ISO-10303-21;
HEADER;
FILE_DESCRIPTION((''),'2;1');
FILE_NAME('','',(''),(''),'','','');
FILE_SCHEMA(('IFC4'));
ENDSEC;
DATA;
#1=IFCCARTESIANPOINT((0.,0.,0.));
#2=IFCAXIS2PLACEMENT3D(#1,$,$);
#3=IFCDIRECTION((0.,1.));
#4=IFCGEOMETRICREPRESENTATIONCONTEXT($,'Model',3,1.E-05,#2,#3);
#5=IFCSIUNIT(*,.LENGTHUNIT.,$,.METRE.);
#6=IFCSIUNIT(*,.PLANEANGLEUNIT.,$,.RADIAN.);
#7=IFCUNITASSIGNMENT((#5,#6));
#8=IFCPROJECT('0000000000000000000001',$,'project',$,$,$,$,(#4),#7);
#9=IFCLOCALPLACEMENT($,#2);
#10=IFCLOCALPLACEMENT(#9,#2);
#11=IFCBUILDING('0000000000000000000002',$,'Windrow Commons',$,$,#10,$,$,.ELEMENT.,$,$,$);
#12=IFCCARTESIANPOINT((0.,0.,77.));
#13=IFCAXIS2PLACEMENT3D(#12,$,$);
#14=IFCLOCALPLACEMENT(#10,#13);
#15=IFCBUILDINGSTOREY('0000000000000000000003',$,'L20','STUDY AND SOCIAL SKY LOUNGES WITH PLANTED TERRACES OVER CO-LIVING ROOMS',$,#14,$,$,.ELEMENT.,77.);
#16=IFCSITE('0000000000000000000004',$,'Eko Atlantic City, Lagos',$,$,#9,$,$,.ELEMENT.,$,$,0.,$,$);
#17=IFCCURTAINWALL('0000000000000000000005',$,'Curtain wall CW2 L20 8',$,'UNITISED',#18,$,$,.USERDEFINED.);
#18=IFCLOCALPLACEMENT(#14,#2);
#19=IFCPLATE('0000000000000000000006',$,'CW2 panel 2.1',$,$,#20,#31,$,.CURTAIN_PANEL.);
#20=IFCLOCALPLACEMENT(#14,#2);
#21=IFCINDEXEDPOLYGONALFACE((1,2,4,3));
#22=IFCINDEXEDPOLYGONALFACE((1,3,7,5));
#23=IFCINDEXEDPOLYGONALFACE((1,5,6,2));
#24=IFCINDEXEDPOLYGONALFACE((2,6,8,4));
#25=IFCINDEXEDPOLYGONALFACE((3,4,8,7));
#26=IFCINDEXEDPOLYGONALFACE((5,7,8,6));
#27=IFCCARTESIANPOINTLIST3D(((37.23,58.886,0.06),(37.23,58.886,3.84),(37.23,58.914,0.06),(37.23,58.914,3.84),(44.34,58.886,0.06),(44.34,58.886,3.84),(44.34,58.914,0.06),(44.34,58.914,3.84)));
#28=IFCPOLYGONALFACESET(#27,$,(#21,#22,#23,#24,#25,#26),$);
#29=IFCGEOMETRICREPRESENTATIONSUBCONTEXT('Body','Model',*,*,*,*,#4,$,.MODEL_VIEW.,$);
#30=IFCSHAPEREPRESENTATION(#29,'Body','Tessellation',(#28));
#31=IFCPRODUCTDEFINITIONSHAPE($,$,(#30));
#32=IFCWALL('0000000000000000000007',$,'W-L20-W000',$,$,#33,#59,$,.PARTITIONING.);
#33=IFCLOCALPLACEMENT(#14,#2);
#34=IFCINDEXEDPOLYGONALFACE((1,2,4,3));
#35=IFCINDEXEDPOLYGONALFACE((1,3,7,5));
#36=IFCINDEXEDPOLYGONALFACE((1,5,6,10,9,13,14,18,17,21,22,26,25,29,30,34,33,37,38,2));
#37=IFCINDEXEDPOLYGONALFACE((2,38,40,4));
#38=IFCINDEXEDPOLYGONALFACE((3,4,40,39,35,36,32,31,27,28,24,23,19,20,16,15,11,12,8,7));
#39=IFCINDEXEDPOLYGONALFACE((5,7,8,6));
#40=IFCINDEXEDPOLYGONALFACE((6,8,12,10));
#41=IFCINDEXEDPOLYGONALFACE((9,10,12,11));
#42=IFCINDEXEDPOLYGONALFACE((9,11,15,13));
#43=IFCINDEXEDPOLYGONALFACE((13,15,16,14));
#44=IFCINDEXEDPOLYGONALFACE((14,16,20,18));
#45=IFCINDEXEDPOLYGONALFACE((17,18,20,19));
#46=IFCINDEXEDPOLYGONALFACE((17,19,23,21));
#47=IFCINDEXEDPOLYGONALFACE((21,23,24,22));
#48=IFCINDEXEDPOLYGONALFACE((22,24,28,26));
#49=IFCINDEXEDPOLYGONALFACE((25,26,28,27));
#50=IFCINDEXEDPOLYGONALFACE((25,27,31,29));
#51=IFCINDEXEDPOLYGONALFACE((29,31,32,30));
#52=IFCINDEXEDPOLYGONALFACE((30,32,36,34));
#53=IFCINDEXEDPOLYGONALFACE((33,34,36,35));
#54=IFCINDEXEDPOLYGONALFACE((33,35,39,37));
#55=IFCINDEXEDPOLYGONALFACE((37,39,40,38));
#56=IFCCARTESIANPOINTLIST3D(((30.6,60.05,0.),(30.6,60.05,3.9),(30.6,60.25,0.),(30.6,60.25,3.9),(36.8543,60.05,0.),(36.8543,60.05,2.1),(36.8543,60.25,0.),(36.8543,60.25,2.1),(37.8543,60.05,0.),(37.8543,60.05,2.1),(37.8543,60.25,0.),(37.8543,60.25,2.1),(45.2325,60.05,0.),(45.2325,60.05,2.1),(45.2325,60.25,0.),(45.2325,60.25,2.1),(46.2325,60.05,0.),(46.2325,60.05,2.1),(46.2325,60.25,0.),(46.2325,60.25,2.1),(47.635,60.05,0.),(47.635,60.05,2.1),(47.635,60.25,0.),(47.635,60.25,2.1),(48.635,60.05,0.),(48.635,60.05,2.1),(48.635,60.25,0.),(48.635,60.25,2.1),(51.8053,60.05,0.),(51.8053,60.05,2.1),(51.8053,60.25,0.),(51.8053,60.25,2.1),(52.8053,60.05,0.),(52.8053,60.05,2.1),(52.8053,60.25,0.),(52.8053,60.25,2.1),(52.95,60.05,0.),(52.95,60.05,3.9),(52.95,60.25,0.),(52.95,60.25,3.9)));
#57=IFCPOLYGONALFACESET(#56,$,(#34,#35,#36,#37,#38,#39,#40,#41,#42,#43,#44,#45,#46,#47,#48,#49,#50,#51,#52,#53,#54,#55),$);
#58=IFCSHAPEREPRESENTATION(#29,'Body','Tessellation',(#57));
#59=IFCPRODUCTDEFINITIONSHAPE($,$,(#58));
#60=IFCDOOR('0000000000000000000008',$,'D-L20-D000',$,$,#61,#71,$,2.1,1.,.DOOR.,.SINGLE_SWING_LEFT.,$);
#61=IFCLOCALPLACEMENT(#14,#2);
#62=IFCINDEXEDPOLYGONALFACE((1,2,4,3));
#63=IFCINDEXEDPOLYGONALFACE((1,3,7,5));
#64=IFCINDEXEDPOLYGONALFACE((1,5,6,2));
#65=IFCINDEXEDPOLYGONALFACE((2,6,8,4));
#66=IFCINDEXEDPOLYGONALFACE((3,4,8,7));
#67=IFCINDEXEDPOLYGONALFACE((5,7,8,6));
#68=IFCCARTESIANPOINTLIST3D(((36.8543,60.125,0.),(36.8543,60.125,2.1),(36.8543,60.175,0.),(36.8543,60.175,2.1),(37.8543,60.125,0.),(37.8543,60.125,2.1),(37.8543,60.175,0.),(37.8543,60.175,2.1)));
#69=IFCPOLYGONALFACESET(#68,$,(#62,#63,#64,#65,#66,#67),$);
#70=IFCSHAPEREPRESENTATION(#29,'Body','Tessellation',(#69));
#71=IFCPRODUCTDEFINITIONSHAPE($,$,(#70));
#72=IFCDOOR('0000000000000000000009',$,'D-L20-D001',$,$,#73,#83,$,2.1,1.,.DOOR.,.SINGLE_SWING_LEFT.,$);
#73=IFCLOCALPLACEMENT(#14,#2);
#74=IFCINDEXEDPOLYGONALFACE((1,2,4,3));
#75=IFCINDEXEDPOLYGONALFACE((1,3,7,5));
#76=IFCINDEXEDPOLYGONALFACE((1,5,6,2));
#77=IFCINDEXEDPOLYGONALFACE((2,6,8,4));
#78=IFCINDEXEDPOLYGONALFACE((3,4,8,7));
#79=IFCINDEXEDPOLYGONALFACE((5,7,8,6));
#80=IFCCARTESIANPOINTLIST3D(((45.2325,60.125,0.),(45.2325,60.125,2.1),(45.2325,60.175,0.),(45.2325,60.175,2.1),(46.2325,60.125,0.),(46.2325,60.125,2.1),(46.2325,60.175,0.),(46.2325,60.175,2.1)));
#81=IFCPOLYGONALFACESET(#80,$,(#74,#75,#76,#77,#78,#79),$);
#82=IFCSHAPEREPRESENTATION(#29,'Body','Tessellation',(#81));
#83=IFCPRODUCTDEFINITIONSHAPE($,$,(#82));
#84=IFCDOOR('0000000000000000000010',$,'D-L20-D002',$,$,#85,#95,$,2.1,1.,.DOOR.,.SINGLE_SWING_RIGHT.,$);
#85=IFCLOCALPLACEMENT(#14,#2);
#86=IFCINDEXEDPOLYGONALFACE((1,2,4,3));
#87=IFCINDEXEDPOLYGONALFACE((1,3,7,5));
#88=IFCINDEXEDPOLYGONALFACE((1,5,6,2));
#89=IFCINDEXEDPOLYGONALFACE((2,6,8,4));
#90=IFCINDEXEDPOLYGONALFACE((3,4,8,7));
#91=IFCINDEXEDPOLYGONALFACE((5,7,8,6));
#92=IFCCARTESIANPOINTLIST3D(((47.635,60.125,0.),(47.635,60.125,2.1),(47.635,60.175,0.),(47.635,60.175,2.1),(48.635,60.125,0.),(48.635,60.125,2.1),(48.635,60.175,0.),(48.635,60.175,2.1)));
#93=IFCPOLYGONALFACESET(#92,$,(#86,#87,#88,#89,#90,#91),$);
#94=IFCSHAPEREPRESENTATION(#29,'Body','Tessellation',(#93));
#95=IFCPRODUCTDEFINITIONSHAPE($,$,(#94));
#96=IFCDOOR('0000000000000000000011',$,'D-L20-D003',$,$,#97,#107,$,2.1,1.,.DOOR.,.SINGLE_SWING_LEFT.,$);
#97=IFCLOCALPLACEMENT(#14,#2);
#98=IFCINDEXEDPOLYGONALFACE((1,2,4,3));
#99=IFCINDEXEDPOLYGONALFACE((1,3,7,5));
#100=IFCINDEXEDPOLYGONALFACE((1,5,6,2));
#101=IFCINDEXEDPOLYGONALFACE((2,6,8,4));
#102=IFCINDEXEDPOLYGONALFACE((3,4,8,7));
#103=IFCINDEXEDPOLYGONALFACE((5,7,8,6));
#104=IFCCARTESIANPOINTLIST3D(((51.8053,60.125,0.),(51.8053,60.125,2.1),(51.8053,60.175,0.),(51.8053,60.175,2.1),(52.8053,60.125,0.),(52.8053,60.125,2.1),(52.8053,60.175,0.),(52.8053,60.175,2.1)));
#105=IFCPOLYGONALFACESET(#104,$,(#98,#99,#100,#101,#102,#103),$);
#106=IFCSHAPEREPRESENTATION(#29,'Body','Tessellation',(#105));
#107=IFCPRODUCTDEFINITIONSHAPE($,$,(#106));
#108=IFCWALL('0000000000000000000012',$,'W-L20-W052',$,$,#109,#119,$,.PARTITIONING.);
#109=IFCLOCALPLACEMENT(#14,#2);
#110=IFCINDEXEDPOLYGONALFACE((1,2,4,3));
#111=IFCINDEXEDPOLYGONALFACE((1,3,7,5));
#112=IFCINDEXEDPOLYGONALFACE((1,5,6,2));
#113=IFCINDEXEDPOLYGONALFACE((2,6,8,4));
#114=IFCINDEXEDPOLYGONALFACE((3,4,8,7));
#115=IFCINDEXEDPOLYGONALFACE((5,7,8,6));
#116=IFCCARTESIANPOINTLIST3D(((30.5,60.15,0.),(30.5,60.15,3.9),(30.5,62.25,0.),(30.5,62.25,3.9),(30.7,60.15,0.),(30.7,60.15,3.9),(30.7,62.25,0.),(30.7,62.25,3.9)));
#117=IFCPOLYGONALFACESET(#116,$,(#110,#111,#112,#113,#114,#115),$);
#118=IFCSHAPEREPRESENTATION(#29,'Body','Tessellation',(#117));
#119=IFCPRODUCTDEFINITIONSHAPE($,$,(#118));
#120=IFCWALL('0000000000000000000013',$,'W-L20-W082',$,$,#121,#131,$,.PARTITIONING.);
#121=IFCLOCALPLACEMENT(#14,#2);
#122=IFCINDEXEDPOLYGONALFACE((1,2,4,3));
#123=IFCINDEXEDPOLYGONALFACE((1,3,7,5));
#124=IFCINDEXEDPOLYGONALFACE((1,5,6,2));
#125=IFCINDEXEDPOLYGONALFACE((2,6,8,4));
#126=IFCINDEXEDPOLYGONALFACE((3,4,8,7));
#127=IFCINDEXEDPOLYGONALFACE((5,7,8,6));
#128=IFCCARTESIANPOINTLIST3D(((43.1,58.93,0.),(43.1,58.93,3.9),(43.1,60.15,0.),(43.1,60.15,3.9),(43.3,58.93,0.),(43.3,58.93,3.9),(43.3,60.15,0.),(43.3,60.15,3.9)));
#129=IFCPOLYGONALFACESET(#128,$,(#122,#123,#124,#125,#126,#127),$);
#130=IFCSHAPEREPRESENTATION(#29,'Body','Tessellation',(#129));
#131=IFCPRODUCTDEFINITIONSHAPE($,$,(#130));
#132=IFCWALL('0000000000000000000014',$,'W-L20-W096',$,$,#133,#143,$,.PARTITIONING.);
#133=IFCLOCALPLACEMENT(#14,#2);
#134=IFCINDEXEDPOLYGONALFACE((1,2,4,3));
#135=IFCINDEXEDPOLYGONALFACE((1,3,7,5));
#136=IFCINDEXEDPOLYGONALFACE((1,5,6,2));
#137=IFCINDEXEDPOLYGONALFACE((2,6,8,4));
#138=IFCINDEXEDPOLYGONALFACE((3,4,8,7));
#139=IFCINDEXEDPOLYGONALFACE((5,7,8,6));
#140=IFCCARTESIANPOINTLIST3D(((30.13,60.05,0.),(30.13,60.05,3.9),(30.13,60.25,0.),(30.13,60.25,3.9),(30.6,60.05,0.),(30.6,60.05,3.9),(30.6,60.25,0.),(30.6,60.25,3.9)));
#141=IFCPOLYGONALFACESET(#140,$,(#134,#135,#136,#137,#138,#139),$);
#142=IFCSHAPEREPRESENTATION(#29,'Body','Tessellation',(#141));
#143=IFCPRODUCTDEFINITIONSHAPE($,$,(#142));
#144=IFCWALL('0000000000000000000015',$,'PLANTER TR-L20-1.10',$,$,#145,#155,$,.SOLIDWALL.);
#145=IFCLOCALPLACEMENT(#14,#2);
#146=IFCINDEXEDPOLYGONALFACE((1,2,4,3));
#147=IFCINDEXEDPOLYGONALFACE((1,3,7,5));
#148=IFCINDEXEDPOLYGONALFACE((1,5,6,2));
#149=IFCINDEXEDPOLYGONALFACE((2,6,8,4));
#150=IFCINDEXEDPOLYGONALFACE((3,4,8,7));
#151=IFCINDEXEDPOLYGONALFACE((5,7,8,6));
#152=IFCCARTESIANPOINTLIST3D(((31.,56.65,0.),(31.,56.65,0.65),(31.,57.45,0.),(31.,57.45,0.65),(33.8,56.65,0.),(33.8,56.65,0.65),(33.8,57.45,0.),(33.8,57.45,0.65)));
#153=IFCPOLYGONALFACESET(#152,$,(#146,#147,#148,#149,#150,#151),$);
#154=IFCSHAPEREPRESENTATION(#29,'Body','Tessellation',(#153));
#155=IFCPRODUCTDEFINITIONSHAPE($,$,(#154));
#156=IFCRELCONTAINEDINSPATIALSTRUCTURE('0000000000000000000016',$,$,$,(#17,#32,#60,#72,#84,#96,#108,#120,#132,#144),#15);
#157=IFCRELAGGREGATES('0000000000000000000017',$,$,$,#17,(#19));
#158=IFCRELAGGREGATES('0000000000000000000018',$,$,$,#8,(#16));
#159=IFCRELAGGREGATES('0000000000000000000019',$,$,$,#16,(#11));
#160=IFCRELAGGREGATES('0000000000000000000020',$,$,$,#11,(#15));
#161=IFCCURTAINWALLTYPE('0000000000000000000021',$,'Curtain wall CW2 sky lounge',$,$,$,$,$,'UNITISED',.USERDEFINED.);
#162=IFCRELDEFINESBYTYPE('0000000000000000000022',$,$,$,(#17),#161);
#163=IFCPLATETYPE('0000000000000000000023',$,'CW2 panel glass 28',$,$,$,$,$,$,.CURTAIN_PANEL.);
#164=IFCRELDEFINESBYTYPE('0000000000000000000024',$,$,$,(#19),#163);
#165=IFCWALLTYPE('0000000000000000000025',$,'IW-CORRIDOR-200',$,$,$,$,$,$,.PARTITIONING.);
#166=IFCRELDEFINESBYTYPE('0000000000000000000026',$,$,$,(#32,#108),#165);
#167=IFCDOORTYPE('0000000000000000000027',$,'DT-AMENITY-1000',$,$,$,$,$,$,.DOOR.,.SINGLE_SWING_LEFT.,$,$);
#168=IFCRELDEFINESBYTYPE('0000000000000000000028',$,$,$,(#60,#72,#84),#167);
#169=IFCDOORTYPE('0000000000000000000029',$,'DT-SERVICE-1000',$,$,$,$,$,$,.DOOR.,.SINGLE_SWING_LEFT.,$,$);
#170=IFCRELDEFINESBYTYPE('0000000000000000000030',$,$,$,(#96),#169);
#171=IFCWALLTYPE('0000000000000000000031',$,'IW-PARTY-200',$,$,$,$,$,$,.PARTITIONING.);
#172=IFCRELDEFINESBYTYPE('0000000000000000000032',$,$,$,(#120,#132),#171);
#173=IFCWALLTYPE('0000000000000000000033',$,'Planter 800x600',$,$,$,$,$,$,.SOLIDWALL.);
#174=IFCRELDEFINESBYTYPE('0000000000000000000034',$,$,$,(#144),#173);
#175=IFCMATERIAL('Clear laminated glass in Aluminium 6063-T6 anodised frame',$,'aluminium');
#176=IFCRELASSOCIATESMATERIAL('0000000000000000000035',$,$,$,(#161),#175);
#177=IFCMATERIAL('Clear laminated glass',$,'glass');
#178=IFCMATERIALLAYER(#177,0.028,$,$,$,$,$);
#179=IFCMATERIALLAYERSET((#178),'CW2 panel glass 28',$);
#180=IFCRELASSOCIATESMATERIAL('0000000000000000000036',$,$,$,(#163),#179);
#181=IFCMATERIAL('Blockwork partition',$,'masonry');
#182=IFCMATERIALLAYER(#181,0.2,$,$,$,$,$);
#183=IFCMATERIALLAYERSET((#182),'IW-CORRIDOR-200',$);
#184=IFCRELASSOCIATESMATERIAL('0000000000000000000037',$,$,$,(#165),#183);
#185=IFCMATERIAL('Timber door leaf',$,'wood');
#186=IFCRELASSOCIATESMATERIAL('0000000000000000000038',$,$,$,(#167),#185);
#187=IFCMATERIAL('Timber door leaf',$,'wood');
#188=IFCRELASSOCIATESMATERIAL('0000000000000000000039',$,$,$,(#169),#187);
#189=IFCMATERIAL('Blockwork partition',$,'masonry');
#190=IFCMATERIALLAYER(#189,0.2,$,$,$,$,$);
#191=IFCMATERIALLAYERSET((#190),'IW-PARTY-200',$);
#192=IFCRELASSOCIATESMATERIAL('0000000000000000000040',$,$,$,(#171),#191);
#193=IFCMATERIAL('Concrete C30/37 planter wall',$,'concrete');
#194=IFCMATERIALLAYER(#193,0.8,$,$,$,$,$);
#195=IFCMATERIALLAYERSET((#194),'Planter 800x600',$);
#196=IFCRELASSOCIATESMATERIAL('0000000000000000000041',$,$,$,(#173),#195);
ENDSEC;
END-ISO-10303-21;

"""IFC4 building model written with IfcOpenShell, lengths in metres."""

from ifc_helpers import new_model, si_unit, direction, frame, frame_2d, origin, origin_2d, place, context, subcontext, project, spatial, rectangle, extrude, material, layer, layer_set, type_object, element, fill, aggregate, save


model = new_model("IFC4")

# Units and contexts
model_context = context("Model", 3, precision=1e-05, world=origin(), true_north=direction((0.0, 1.0)))
body_context = subcontext(model_context, "Body", "Model", "MODEL_VIEW")
ifc_project = project(units=[si_unit("LENGTHUNIT", "METRE"), si_unit("PLANEANGLEUNIT", "RADIAN")], contexts=[model_context])

# Site, building, storey
site_placement = place(None, origin())
site = spatial("IfcSite", under=ifc_project, at=site_placement, Name="Eko Atlantic City, Lagos", CompositionType="ELEMENT", RefElevation=0.0)
building_placement = place(site_placement, origin())
building = spatial("IfcBuilding", under=site, at=building_placement, Name="Windrow Commons", CompositionType="ELEMENT")
storey_placement = place(building_placement, frame((0.0, 0.0, 77.0)))
storey = spatial("IfcBuildingStorey", under=building, at=storey_placement, Name="L20", Description="STUDY AND SOCIAL SKY LOUNGES WITH PLANTED TERRACES OVER CO-LIVING ROOMS", CompositionType="ELEMENT", Elevation=77.0)

# Shared definitions
ifc_material_1 = material(Name="Clear laminated glass in Aluminium 6063-T6 anodised frame", Category="aluminium")
curtain_wall_type = type_object("IfcCurtainWallType", Name="Curtain wall CW2 sky lounge", ElementType="UNITISED", PredefinedType="USERDEFINED", material=ifc_material_1)
placement = place(storey_placement, origin())

# Curtain wall
curtain_wall_1 = element("IfcCurtainWall", 1, at=placement, inside=storey, type_object=curtain_wall_type, Name="Curtain wall CW2 L20 8", ObjectType="UNITISED", PredefinedType="USERDEFINED")

# Plate
ifc_material_2 = material(Name="Clear laminated glass", Category="glass")
ifc_layer_1 = layer(ifc_material_2, 0.028)
ifc_layer_set_1 = layer_set([ifc_layer_1], Name="CW2 panel glass 28")
plate_type = type_object("IfcPlateType", Name="CW2 panel glass 28", PredefinedType="CURTAIN_PANEL", material=ifc_layer_set_1)
plate_1_placement = place(storey_placement, frame((40.785, 58.9, 0.06), z_axis=(0.0, 0.0, 1.0), x_axis=(1.0, 0.0, 0.0)))
plate_1 = element("IfcPlate", 2, at=plate_1_placement, type_object=plate_type, Name="CW2 panel 2.1", PredefinedType="CURTAIN_PANEL", context=body_context, shape_type="SweptSolid", body=[
    extrude(rectangle(XDim=7.11, YDim=0.028, at=origin_2d()), origin(), (0.0, 0.0, 1.0), 3.78),
])
aggregate(curtain_wall_1, [plate_1])

# Wall, openings, doors
ifc_material_3 = material(Name="Blockwork partition", Category="masonry")
ifc_layer_2 = layer(ifc_material_3, 0.2)
ifc_layer_set_2 = layer_set([ifc_layer_2], Name="IW-CORRIDOR-200")
wall_type_1 = type_object("IfcWallType", Name="IW-CORRIDOR-200", PredefinedType="PARTITIONING", material=ifc_layer_set_2)
wall_1_placement = place(storey_placement, frame((30.6, 60.15, 0.0), z_axis=(0.0, 0.0, 1.0), x_axis=(1.0, 0.0, 0.0)))
wall_1 = element("IfcWall", 3, at=wall_1_placement, inside=storey, type_object=wall_type_1, Name="W-L20-W000", PredefinedType="PARTITIONING", context=body_context, shape_type="SweptSolid", body=[
    extrude(rectangle(XDim=22.35, YDim=0.2, at=frame_2d((11.175, 0.0))), origin(), (0.0, 0.0, 1.0), 3.9),
])
opening_1_placement = place(wall_1_placement, frame((6.2543, 0.0, 0.0)))
opening_1 = element("IfcOpeningElement", 4, at=opening_1_placement, cuts=wall_1, PredefinedType="OPENING", context=body_context, shape_type="SweptSolid", body=[
    extrude(rectangle(XDim=1.0, YDim=2.1, at=frame_2d((0.5, 1.05))), frame((0.0, 0.11, 0.0), z_axis=(0.0, -1.0, 0.0), x_axis=(1.0, 0.0, 0.0)), (0.0, 0.0, 1.0), 0.22),
])
opening_2_placement = place(wall_1_placement, frame((14.6325, 0.0, 0.0)))
opening_2 = element("IfcOpeningElement", 5, at=opening_2_placement, cuts=wall_1, PredefinedType="OPENING", context=body_context, shape_type="SweptSolid", body=[
    extrude(rectangle(XDim=1.0, YDim=2.1, at=frame_2d((0.5, 1.05))), frame((0.0, 0.11, 0.0), z_axis=(0.0, -1.0, 0.0), x_axis=(1.0, 0.0, 0.0)), (0.0, 0.0, 1.0), 0.22),
])
opening_3_placement = place(wall_1_placement, frame((17.035, 0.0, 0.0)))
opening_3 = element("IfcOpeningElement", 6, at=opening_3_placement, cuts=wall_1, PredefinedType="OPENING", context=body_context, shape_type="SweptSolid", body=[
    extrude(rectangle(XDim=1.0, YDim=2.1, at=frame_2d((0.5, 1.05))), frame((0.0, 0.11, 0.0), z_axis=(0.0, -1.0, 0.0), x_axis=(1.0, 0.0, 0.0)), (0.0, 0.0, 1.0), 0.22),
])
opening_4_placement = place(wall_1_placement, frame((21.2053, 0.0, 0.0)))
opening_4 = element("IfcOpeningElement", 7, at=opening_4_placement, cuts=wall_1, PredefinedType="OPENING", context=body_context, shape_type="SweptSolid", body=[
    extrude(rectangle(XDim=1.0, YDim=2.1, at=frame_2d((0.5, 1.05))), frame((0.0, 0.11, 0.0), z_axis=(0.0, -1.0, 0.0), x_axis=(1.0, 0.0, 0.0)), (0.0, 0.0, 1.0), 0.22),
])
ifc_material_4 = material(Name="Timber door leaf", Category="wood")
door_type_1 = type_object("IfcDoorType", Name="DT-AMENITY-1000", OperationType="SINGLE_SWING_LEFT", PredefinedType="DOOR", material=ifc_material_4)
door_1_placement = place(opening_1_placement, origin())
door_1 = element("IfcDoor", 8, at=door_1_placement, inside=storey, type_object=door_type_1, Name="D-L20-D000", OperationType="SINGLE_SWING_LEFT", OverallHeight=2.1, OverallWidth=1.0, PredefinedType="DOOR", context=body_context, shape_type="SweptSolid", body=[
    extrude(rectangle(XDim=1.0, YDim=2.1, at=frame_2d((0.5, 1.05))), frame((0.0, 0.025, 0.0), z_axis=(0.0, -1.0, 0.0), x_axis=(1.0, 0.0, 0.0)), (0.0, 0.0, 1.0), 0.05),
])
fill(opening_1, door_1)
door_2_placement = place(opening_2_placement, origin())
door_2 = element("IfcDoor", 9, at=door_2_placement, inside=storey, type_object=door_type_1, Name="D-L20-D001", OperationType="SINGLE_SWING_LEFT", OverallHeight=2.1, OverallWidth=1.0, PredefinedType="DOOR", context=body_context, shape_type="SweptSolid", body=[
    extrude(rectangle(XDim=1.0, YDim=2.1, at=frame_2d((0.5, 1.05))), frame((0.0, 0.025, 0.0), z_axis=(0.0, -1.0, 0.0), x_axis=(1.0, 0.0, 0.0)), (0.0, 0.0, 1.0), 0.05),
])
fill(opening_2, door_2)
door_3_placement = place(opening_3_placement, origin())
door_3 = element("IfcDoor", 10, at=door_3_placement, inside=storey, type_object=door_type_1, Name="D-L20-D002", OperationType="SINGLE_SWING_RIGHT", OverallHeight=2.1, OverallWidth=1.0, PredefinedType="DOOR", context=body_context, shape_type="SweptSolid", body=[
    extrude(rectangle(XDim=1.0, YDim=2.1, at=frame_2d((0.5, 1.05))), frame((0.0, 0.025, 0.0), z_axis=(0.0, -1.0, 0.0), x_axis=(1.0, 0.0, 0.0)), (0.0, 0.0, 1.0), 0.05),
])
fill(opening_3, door_3)
ifc_material_5 = material(Name="Timber door leaf", Category="wood")
door_type_2 = type_object("IfcDoorType", Name="DT-SERVICE-1000", OperationType="SINGLE_SWING_LEFT", PredefinedType="DOOR", material=ifc_material_5)
door_4_placement = place(opening_4_placement, origin())
door_4 = element("IfcDoor", 11, at=door_4_placement, inside=storey, type_object=door_type_2, Name="D-L20-D003", OperationType="SINGLE_SWING_LEFT", OverallHeight=2.1, OverallWidth=1.0, PredefinedType="DOOR", context=body_context, shape_type="SweptSolid", body=[
    extrude(rectangle(XDim=1.0, YDim=2.1, at=frame_2d((0.5, 1.05))), frame((0.0, 0.025, 0.0), z_axis=(0.0, -1.0, 0.0), x_axis=(1.0, 0.0, 0.0)), (0.0, 0.0, 1.0), 0.05),
])
fill(opening_4, door_4)

# Walls
wall_2_placement = place(storey_placement, frame((30.6, 60.15, 0.0), z_axis=(0.0, 0.0, 1.0), x_axis=(0.0, 1.0, 0.0)))
element("IfcWall", 12, at=wall_2_placement, inside=storey, type_object=wall_type_1, Name="W-L20-W052", PredefinedType="PARTITIONING", context=body_context, shape_type="SweptSolid", body=[
    extrude(rectangle(XDim=2.1, YDim=0.2, at=frame_2d((1.05, 0.0))), origin(), (0.0, 0.0, 1.0), 3.9),
])
ifc_material_6 = material(Name="Blockwork partition", Category="masonry")
ifc_layer_3 = layer(ifc_material_6, 0.2)
ifc_layer_set_3 = layer_set([ifc_layer_3], Name="IW-PARTY-200")
wall_type_2 = type_object("IfcWallType", Name="IW-PARTY-200", PredefinedType="PARTITIONING", material=ifc_layer_set_3)
wall_3_placement = place(storey_placement, frame((43.2, 58.93, 0.0), z_axis=(0.0, 0.0, 1.0), x_axis=(0.0, 1.0, 0.0)))
element("IfcWall", 13, at=wall_3_placement, inside=storey, type_object=wall_type_2, Name="W-L20-W082", PredefinedType="PARTITIONING", context=body_context, shape_type="SweptSolid", body=[
    extrude(rectangle(XDim=1.22, YDim=0.2, at=frame_2d((0.61, 0.0))), origin(), (0.0, 0.0, 1.0), 3.9),
])
wall_4_placement = place(storey_placement, frame((30.13, 60.15, 0.0), z_axis=(0.0, 0.0, 1.0), x_axis=(1.0, 0.0, 0.0)))
element("IfcWall", 14, at=wall_4_placement, inside=storey, type_object=wall_type_2, Name="W-L20-W096", PredefinedType="PARTITIONING", context=body_context, shape_type="SweptSolid", body=[
    extrude(rectangle(XDim=0.47, YDim=0.2, at=frame_2d((0.235, 0.0))), origin(), (0.0, 0.0, 1.0), 3.9),
])
ifc_material_7 = material(Name="Concrete C30/37 planter wall", Category="concrete")
ifc_layer_4 = layer(ifc_material_7, 0.8)
ifc_layer_set_4 = layer_set([ifc_layer_4], Name="Planter 800x600")
wall_type_3 = type_object("IfcWallType", Name="Planter 800x600", PredefinedType="SOLIDWALL", material=ifc_layer_set_4)
wall_5_placement = place(storey_placement, frame((31.0, 57.05, 0.0), z_axis=(0.0, 0.0, 1.0), x_axis=(1.0, 0.0, 0.0)))
element("IfcWall", 15, at=wall_5_placement, inside=storey, type_object=wall_type_3, Name="PLANTER TR-L20-1.10", PredefinedType="SOLIDWALL", context=body_context, shape_type="SweptSolid", body=[
    extrude(rectangle(XDim=2.8, YDim=0.8, at=frame_2d((1.4, 0.0))), origin(), (0.0, 0.0, 1.0), 0.65),
])

save(model, "model.ifc")
